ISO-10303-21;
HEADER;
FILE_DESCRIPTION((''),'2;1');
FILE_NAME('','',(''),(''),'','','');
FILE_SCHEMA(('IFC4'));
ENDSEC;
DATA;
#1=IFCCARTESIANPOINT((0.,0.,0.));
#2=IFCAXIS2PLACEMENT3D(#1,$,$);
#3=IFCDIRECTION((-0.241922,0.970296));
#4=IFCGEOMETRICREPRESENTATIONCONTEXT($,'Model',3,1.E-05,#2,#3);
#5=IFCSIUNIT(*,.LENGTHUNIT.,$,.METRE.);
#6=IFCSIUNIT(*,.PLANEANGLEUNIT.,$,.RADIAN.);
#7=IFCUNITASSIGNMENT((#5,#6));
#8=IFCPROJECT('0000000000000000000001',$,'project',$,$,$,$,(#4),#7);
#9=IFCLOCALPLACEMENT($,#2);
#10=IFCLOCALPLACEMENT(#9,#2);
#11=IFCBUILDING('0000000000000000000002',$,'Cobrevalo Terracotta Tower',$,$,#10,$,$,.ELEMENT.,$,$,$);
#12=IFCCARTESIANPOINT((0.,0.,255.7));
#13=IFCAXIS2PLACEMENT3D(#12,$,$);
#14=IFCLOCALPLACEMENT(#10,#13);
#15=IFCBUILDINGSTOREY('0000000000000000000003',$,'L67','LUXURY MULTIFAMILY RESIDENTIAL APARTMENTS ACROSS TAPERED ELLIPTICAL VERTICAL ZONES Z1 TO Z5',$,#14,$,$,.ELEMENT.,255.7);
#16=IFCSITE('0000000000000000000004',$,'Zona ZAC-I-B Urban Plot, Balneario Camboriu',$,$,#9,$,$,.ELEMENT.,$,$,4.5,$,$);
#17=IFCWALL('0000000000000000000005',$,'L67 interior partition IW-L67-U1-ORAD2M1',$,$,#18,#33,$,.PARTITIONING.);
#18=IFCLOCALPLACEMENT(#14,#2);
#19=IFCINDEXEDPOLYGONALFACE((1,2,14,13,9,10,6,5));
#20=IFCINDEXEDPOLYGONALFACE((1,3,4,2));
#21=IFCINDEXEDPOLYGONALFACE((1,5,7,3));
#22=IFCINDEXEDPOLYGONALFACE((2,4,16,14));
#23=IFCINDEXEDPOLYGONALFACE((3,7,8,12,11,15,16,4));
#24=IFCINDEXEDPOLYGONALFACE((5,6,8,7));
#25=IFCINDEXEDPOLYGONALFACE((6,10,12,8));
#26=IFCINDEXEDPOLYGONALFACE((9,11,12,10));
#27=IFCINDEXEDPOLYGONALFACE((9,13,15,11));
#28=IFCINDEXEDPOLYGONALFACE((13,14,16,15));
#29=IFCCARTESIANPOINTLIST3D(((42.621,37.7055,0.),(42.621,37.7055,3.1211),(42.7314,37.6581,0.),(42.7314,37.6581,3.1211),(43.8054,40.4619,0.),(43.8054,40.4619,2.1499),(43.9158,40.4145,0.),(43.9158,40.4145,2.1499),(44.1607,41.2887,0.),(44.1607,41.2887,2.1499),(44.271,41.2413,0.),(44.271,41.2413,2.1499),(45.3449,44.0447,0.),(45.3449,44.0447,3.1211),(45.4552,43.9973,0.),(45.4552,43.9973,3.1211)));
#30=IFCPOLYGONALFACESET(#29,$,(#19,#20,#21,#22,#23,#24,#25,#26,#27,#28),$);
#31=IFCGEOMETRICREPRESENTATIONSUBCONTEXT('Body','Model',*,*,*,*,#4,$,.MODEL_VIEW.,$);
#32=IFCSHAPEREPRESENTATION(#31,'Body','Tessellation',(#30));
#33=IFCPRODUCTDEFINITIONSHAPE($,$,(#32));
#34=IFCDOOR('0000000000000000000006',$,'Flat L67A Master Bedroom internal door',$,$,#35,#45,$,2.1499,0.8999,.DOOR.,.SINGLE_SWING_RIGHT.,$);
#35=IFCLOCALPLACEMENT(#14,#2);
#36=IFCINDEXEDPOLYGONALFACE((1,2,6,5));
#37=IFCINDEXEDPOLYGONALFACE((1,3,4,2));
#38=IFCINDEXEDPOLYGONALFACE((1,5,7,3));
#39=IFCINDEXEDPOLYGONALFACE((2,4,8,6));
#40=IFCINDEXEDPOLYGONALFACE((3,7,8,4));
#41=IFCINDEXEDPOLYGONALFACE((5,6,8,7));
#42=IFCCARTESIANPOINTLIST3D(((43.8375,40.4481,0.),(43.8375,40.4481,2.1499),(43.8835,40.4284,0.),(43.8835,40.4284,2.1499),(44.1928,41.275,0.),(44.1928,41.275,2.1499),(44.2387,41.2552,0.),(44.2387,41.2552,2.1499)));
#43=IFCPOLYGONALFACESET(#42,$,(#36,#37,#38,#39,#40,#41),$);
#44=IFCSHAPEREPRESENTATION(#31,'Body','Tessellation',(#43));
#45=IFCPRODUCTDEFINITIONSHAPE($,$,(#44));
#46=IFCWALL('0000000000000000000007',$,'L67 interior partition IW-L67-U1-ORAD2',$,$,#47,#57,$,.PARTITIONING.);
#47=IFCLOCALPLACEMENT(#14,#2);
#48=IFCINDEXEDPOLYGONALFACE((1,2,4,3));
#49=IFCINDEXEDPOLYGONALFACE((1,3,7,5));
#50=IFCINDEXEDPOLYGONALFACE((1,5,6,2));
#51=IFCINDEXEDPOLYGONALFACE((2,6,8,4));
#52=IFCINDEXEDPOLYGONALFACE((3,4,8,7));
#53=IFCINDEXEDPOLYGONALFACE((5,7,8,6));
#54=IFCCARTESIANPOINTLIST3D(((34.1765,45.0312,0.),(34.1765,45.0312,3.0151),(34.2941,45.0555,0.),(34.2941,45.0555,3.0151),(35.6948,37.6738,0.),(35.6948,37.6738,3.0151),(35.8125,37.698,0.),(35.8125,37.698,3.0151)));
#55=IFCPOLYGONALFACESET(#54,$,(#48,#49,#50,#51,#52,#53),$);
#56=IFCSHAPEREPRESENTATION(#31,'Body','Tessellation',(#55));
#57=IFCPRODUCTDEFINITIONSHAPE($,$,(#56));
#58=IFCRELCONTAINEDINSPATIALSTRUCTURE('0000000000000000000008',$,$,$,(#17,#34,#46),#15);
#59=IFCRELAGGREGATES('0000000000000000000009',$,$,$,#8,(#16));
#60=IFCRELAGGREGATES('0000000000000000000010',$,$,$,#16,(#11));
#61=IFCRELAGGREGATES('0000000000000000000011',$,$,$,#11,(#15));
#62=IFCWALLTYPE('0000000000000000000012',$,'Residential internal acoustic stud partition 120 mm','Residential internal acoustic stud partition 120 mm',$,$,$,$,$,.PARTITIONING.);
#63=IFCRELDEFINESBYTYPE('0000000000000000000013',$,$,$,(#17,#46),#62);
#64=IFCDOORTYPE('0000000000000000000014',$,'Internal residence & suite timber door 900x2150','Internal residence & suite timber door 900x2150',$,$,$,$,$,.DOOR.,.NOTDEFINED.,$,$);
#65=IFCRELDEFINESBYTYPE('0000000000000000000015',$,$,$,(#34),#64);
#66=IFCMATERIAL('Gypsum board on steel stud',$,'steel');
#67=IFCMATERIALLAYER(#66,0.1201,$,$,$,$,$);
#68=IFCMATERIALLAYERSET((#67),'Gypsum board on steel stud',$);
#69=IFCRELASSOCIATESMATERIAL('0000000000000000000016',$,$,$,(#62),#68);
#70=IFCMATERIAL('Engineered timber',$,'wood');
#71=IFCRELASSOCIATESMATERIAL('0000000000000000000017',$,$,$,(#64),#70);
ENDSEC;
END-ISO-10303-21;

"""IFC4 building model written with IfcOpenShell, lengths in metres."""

from ifc_helpers import new_model, si_unit, direction, frame, frame_2d, origin, place, context, subcontext, project, spatial, rectangle, extrude, source, transform, mapped, material, layer, layer_set, type_object, element, fill, save


model = new_model("IFC4")

# Units and contexts
model_context = context("Model", 3, precision=1e-05, world=origin(), true_north=direction((-0.241922, 0.970296)))
body_context = subcontext(model_context, "Body", "Model", "MODEL_VIEW")
ifc_project = project(units=[si_unit("LENGTHUNIT", "METRE"), si_unit("PLANEANGLEUNIT", "RADIAN")], contexts=[model_context])

# Site, building, storey
site_placement = place(None, origin())
site = spatial("IfcSite", under=ifc_project, at=site_placement, Name="Zona ZAC-I-B Urban Plot, Balneario Camboriu", CompositionType="ELEMENT", RefElevation=4.5)
building_placement = place(site_placement, origin())
building = spatial("IfcBuilding", under=site, at=building_placement, Name="Cobrevalo Terracotta Tower", CompositionType="ELEMENT")
storey_placement = place(building_placement, frame((0.0, 0.0, 255.7)))
storey = spatial("IfcBuildingStorey", under=building, at=storey_placement, Name="L67", Description="LUXURY MULTIFAMILY RESIDENTIAL APARTMENTS ACROSS TAPERED ELLIPTICAL VERTICAL ZONES Z1 TO Z5", CompositionType="ELEMENT", Elevation=255.7)

# Wall, opening, door
ifc_material_1 = material(Name="Gypsum board on steel stud", Category="steel")
ifc_layer_1 = layer(ifc_material_1, 0.1201)
ifc_layer_set_1 = layer_set([ifc_layer_1], Name="Gypsum board on steel stud")
wall_type_1 = type_object("IfcWallType", Name="Residential internal acoustic stud partition 120 mm", Description="Residential internal acoustic stud partition 120 mm", PredefinedType="PARTITIONING", material=ifc_layer_set_1)
wall_1_placement = place(storey_placement, frame((42.6763, 37.6819, 0.0), z_axis=(0.0, 0.0, 1.0), x_axis=(0.394777, 0.918777, 0.0)))
wall_1 = element("IfcWall", 1, at=wall_1_placement, inside=storey, type_object=wall_type_1, Name="L67 interior partition IW-L67-U1-ORAD2M1", PredefinedType="PARTITIONING", context=body_context, shape_type="SweptSolid", body=[
    extrude(rectangle(XDim=6.8997, YDim=0.1201, at=frame_2d((3.4497, 0.0))), origin(), (0.0, 0.0, 1.0), 3.1211),
])
opening_1_placement = place(wall_1_placement, frame((3.0, 0.0, 0.0)))
opening_1 = element("IfcOpeningElement", 2, at=opening_1_placement, cuts=wall_1, PredefinedType="OPENING", context=body_context, shape_type="SweptSolid", body=[
    extrude(rectangle(XDim=0.8999, YDim=2.1499, at=frame_2d((0.45, 1.075))), frame((0.0, 0.0701, 0.0), z_axis=(0.0, -1.0, 0.0), x_axis=(1.0, 0.0, 0.0)), (0.0, 0.0, 1.0), 0.1401),
])
ifc_material_2 = material(Name="Engineered timber", Category="wood")
door_type_1 = type_object("IfcDoorType", Name="Internal residence & suite timber door 900x2150", Description="Internal residence & suite timber door 900x2150", OperationType="NOTDEFINED", PredefinedType="DOOR", material=ifc_material_2)
shared_shape_1 = source(origin(), body_context, "Body", "SweptSolid", [
    extrude(rectangle(XDim=0.8999, YDim=2.1499, at=frame_2d((0.45, 1.075))), frame((0.0, 0.0249, 0.0), z_axis=(0.0, -1.0, 0.0), x_axis=(1.0, 0.0, 0.0)), (0.0, 0.0, 1.0), 0.05),
])
door_1_placement = place(opening_1_placement, frame((0.8999, 0.0, 0.0), z_axis=(0.0, 0.0, 1.0), x_axis=(-1.0, 0.0, 0.0)))
door_1 = element("IfcDoor", 3, at=door_1_placement, inside=storey, type_object=door_type_1, Name="Flat L67A Master Bedroom internal door", OperationType="SINGLE_SWING_RIGHT", OverallHeight=2.1499, OverallWidth=0.8999, PredefinedType="DOOR", context=body_context, shape_type="MappedRepresentation", body=[
    mapped(shared_shape_1, transform((0.0, 0.0, 0.0), scale=1.0)),
])
fill(opening_1, door_1)

# Wall
wall_2_placement = place(storey_placement, frame((35.7537, 37.6858, 0.0), z_axis=(0.0, 0.0, 1.0), x_axis=(-0.202106, 0.979364, 0.0)))
element("IfcWall", 4, at=wall_2_placement, inside=storey, type_object=wall_type_1, Name="L67 interior partition IW-L67-U1-ORAD2", PredefinedType="PARTITIONING", context=body_context, shape_type="SweptSolid", body=[
    extrude(rectangle(XDim=7.5125, YDim=0.1201, at=frame_2d((3.7563, 0.0))), origin(), (0.0, 0.0, 1.0), 3.0151),
])

save(model, "model.ifc")
